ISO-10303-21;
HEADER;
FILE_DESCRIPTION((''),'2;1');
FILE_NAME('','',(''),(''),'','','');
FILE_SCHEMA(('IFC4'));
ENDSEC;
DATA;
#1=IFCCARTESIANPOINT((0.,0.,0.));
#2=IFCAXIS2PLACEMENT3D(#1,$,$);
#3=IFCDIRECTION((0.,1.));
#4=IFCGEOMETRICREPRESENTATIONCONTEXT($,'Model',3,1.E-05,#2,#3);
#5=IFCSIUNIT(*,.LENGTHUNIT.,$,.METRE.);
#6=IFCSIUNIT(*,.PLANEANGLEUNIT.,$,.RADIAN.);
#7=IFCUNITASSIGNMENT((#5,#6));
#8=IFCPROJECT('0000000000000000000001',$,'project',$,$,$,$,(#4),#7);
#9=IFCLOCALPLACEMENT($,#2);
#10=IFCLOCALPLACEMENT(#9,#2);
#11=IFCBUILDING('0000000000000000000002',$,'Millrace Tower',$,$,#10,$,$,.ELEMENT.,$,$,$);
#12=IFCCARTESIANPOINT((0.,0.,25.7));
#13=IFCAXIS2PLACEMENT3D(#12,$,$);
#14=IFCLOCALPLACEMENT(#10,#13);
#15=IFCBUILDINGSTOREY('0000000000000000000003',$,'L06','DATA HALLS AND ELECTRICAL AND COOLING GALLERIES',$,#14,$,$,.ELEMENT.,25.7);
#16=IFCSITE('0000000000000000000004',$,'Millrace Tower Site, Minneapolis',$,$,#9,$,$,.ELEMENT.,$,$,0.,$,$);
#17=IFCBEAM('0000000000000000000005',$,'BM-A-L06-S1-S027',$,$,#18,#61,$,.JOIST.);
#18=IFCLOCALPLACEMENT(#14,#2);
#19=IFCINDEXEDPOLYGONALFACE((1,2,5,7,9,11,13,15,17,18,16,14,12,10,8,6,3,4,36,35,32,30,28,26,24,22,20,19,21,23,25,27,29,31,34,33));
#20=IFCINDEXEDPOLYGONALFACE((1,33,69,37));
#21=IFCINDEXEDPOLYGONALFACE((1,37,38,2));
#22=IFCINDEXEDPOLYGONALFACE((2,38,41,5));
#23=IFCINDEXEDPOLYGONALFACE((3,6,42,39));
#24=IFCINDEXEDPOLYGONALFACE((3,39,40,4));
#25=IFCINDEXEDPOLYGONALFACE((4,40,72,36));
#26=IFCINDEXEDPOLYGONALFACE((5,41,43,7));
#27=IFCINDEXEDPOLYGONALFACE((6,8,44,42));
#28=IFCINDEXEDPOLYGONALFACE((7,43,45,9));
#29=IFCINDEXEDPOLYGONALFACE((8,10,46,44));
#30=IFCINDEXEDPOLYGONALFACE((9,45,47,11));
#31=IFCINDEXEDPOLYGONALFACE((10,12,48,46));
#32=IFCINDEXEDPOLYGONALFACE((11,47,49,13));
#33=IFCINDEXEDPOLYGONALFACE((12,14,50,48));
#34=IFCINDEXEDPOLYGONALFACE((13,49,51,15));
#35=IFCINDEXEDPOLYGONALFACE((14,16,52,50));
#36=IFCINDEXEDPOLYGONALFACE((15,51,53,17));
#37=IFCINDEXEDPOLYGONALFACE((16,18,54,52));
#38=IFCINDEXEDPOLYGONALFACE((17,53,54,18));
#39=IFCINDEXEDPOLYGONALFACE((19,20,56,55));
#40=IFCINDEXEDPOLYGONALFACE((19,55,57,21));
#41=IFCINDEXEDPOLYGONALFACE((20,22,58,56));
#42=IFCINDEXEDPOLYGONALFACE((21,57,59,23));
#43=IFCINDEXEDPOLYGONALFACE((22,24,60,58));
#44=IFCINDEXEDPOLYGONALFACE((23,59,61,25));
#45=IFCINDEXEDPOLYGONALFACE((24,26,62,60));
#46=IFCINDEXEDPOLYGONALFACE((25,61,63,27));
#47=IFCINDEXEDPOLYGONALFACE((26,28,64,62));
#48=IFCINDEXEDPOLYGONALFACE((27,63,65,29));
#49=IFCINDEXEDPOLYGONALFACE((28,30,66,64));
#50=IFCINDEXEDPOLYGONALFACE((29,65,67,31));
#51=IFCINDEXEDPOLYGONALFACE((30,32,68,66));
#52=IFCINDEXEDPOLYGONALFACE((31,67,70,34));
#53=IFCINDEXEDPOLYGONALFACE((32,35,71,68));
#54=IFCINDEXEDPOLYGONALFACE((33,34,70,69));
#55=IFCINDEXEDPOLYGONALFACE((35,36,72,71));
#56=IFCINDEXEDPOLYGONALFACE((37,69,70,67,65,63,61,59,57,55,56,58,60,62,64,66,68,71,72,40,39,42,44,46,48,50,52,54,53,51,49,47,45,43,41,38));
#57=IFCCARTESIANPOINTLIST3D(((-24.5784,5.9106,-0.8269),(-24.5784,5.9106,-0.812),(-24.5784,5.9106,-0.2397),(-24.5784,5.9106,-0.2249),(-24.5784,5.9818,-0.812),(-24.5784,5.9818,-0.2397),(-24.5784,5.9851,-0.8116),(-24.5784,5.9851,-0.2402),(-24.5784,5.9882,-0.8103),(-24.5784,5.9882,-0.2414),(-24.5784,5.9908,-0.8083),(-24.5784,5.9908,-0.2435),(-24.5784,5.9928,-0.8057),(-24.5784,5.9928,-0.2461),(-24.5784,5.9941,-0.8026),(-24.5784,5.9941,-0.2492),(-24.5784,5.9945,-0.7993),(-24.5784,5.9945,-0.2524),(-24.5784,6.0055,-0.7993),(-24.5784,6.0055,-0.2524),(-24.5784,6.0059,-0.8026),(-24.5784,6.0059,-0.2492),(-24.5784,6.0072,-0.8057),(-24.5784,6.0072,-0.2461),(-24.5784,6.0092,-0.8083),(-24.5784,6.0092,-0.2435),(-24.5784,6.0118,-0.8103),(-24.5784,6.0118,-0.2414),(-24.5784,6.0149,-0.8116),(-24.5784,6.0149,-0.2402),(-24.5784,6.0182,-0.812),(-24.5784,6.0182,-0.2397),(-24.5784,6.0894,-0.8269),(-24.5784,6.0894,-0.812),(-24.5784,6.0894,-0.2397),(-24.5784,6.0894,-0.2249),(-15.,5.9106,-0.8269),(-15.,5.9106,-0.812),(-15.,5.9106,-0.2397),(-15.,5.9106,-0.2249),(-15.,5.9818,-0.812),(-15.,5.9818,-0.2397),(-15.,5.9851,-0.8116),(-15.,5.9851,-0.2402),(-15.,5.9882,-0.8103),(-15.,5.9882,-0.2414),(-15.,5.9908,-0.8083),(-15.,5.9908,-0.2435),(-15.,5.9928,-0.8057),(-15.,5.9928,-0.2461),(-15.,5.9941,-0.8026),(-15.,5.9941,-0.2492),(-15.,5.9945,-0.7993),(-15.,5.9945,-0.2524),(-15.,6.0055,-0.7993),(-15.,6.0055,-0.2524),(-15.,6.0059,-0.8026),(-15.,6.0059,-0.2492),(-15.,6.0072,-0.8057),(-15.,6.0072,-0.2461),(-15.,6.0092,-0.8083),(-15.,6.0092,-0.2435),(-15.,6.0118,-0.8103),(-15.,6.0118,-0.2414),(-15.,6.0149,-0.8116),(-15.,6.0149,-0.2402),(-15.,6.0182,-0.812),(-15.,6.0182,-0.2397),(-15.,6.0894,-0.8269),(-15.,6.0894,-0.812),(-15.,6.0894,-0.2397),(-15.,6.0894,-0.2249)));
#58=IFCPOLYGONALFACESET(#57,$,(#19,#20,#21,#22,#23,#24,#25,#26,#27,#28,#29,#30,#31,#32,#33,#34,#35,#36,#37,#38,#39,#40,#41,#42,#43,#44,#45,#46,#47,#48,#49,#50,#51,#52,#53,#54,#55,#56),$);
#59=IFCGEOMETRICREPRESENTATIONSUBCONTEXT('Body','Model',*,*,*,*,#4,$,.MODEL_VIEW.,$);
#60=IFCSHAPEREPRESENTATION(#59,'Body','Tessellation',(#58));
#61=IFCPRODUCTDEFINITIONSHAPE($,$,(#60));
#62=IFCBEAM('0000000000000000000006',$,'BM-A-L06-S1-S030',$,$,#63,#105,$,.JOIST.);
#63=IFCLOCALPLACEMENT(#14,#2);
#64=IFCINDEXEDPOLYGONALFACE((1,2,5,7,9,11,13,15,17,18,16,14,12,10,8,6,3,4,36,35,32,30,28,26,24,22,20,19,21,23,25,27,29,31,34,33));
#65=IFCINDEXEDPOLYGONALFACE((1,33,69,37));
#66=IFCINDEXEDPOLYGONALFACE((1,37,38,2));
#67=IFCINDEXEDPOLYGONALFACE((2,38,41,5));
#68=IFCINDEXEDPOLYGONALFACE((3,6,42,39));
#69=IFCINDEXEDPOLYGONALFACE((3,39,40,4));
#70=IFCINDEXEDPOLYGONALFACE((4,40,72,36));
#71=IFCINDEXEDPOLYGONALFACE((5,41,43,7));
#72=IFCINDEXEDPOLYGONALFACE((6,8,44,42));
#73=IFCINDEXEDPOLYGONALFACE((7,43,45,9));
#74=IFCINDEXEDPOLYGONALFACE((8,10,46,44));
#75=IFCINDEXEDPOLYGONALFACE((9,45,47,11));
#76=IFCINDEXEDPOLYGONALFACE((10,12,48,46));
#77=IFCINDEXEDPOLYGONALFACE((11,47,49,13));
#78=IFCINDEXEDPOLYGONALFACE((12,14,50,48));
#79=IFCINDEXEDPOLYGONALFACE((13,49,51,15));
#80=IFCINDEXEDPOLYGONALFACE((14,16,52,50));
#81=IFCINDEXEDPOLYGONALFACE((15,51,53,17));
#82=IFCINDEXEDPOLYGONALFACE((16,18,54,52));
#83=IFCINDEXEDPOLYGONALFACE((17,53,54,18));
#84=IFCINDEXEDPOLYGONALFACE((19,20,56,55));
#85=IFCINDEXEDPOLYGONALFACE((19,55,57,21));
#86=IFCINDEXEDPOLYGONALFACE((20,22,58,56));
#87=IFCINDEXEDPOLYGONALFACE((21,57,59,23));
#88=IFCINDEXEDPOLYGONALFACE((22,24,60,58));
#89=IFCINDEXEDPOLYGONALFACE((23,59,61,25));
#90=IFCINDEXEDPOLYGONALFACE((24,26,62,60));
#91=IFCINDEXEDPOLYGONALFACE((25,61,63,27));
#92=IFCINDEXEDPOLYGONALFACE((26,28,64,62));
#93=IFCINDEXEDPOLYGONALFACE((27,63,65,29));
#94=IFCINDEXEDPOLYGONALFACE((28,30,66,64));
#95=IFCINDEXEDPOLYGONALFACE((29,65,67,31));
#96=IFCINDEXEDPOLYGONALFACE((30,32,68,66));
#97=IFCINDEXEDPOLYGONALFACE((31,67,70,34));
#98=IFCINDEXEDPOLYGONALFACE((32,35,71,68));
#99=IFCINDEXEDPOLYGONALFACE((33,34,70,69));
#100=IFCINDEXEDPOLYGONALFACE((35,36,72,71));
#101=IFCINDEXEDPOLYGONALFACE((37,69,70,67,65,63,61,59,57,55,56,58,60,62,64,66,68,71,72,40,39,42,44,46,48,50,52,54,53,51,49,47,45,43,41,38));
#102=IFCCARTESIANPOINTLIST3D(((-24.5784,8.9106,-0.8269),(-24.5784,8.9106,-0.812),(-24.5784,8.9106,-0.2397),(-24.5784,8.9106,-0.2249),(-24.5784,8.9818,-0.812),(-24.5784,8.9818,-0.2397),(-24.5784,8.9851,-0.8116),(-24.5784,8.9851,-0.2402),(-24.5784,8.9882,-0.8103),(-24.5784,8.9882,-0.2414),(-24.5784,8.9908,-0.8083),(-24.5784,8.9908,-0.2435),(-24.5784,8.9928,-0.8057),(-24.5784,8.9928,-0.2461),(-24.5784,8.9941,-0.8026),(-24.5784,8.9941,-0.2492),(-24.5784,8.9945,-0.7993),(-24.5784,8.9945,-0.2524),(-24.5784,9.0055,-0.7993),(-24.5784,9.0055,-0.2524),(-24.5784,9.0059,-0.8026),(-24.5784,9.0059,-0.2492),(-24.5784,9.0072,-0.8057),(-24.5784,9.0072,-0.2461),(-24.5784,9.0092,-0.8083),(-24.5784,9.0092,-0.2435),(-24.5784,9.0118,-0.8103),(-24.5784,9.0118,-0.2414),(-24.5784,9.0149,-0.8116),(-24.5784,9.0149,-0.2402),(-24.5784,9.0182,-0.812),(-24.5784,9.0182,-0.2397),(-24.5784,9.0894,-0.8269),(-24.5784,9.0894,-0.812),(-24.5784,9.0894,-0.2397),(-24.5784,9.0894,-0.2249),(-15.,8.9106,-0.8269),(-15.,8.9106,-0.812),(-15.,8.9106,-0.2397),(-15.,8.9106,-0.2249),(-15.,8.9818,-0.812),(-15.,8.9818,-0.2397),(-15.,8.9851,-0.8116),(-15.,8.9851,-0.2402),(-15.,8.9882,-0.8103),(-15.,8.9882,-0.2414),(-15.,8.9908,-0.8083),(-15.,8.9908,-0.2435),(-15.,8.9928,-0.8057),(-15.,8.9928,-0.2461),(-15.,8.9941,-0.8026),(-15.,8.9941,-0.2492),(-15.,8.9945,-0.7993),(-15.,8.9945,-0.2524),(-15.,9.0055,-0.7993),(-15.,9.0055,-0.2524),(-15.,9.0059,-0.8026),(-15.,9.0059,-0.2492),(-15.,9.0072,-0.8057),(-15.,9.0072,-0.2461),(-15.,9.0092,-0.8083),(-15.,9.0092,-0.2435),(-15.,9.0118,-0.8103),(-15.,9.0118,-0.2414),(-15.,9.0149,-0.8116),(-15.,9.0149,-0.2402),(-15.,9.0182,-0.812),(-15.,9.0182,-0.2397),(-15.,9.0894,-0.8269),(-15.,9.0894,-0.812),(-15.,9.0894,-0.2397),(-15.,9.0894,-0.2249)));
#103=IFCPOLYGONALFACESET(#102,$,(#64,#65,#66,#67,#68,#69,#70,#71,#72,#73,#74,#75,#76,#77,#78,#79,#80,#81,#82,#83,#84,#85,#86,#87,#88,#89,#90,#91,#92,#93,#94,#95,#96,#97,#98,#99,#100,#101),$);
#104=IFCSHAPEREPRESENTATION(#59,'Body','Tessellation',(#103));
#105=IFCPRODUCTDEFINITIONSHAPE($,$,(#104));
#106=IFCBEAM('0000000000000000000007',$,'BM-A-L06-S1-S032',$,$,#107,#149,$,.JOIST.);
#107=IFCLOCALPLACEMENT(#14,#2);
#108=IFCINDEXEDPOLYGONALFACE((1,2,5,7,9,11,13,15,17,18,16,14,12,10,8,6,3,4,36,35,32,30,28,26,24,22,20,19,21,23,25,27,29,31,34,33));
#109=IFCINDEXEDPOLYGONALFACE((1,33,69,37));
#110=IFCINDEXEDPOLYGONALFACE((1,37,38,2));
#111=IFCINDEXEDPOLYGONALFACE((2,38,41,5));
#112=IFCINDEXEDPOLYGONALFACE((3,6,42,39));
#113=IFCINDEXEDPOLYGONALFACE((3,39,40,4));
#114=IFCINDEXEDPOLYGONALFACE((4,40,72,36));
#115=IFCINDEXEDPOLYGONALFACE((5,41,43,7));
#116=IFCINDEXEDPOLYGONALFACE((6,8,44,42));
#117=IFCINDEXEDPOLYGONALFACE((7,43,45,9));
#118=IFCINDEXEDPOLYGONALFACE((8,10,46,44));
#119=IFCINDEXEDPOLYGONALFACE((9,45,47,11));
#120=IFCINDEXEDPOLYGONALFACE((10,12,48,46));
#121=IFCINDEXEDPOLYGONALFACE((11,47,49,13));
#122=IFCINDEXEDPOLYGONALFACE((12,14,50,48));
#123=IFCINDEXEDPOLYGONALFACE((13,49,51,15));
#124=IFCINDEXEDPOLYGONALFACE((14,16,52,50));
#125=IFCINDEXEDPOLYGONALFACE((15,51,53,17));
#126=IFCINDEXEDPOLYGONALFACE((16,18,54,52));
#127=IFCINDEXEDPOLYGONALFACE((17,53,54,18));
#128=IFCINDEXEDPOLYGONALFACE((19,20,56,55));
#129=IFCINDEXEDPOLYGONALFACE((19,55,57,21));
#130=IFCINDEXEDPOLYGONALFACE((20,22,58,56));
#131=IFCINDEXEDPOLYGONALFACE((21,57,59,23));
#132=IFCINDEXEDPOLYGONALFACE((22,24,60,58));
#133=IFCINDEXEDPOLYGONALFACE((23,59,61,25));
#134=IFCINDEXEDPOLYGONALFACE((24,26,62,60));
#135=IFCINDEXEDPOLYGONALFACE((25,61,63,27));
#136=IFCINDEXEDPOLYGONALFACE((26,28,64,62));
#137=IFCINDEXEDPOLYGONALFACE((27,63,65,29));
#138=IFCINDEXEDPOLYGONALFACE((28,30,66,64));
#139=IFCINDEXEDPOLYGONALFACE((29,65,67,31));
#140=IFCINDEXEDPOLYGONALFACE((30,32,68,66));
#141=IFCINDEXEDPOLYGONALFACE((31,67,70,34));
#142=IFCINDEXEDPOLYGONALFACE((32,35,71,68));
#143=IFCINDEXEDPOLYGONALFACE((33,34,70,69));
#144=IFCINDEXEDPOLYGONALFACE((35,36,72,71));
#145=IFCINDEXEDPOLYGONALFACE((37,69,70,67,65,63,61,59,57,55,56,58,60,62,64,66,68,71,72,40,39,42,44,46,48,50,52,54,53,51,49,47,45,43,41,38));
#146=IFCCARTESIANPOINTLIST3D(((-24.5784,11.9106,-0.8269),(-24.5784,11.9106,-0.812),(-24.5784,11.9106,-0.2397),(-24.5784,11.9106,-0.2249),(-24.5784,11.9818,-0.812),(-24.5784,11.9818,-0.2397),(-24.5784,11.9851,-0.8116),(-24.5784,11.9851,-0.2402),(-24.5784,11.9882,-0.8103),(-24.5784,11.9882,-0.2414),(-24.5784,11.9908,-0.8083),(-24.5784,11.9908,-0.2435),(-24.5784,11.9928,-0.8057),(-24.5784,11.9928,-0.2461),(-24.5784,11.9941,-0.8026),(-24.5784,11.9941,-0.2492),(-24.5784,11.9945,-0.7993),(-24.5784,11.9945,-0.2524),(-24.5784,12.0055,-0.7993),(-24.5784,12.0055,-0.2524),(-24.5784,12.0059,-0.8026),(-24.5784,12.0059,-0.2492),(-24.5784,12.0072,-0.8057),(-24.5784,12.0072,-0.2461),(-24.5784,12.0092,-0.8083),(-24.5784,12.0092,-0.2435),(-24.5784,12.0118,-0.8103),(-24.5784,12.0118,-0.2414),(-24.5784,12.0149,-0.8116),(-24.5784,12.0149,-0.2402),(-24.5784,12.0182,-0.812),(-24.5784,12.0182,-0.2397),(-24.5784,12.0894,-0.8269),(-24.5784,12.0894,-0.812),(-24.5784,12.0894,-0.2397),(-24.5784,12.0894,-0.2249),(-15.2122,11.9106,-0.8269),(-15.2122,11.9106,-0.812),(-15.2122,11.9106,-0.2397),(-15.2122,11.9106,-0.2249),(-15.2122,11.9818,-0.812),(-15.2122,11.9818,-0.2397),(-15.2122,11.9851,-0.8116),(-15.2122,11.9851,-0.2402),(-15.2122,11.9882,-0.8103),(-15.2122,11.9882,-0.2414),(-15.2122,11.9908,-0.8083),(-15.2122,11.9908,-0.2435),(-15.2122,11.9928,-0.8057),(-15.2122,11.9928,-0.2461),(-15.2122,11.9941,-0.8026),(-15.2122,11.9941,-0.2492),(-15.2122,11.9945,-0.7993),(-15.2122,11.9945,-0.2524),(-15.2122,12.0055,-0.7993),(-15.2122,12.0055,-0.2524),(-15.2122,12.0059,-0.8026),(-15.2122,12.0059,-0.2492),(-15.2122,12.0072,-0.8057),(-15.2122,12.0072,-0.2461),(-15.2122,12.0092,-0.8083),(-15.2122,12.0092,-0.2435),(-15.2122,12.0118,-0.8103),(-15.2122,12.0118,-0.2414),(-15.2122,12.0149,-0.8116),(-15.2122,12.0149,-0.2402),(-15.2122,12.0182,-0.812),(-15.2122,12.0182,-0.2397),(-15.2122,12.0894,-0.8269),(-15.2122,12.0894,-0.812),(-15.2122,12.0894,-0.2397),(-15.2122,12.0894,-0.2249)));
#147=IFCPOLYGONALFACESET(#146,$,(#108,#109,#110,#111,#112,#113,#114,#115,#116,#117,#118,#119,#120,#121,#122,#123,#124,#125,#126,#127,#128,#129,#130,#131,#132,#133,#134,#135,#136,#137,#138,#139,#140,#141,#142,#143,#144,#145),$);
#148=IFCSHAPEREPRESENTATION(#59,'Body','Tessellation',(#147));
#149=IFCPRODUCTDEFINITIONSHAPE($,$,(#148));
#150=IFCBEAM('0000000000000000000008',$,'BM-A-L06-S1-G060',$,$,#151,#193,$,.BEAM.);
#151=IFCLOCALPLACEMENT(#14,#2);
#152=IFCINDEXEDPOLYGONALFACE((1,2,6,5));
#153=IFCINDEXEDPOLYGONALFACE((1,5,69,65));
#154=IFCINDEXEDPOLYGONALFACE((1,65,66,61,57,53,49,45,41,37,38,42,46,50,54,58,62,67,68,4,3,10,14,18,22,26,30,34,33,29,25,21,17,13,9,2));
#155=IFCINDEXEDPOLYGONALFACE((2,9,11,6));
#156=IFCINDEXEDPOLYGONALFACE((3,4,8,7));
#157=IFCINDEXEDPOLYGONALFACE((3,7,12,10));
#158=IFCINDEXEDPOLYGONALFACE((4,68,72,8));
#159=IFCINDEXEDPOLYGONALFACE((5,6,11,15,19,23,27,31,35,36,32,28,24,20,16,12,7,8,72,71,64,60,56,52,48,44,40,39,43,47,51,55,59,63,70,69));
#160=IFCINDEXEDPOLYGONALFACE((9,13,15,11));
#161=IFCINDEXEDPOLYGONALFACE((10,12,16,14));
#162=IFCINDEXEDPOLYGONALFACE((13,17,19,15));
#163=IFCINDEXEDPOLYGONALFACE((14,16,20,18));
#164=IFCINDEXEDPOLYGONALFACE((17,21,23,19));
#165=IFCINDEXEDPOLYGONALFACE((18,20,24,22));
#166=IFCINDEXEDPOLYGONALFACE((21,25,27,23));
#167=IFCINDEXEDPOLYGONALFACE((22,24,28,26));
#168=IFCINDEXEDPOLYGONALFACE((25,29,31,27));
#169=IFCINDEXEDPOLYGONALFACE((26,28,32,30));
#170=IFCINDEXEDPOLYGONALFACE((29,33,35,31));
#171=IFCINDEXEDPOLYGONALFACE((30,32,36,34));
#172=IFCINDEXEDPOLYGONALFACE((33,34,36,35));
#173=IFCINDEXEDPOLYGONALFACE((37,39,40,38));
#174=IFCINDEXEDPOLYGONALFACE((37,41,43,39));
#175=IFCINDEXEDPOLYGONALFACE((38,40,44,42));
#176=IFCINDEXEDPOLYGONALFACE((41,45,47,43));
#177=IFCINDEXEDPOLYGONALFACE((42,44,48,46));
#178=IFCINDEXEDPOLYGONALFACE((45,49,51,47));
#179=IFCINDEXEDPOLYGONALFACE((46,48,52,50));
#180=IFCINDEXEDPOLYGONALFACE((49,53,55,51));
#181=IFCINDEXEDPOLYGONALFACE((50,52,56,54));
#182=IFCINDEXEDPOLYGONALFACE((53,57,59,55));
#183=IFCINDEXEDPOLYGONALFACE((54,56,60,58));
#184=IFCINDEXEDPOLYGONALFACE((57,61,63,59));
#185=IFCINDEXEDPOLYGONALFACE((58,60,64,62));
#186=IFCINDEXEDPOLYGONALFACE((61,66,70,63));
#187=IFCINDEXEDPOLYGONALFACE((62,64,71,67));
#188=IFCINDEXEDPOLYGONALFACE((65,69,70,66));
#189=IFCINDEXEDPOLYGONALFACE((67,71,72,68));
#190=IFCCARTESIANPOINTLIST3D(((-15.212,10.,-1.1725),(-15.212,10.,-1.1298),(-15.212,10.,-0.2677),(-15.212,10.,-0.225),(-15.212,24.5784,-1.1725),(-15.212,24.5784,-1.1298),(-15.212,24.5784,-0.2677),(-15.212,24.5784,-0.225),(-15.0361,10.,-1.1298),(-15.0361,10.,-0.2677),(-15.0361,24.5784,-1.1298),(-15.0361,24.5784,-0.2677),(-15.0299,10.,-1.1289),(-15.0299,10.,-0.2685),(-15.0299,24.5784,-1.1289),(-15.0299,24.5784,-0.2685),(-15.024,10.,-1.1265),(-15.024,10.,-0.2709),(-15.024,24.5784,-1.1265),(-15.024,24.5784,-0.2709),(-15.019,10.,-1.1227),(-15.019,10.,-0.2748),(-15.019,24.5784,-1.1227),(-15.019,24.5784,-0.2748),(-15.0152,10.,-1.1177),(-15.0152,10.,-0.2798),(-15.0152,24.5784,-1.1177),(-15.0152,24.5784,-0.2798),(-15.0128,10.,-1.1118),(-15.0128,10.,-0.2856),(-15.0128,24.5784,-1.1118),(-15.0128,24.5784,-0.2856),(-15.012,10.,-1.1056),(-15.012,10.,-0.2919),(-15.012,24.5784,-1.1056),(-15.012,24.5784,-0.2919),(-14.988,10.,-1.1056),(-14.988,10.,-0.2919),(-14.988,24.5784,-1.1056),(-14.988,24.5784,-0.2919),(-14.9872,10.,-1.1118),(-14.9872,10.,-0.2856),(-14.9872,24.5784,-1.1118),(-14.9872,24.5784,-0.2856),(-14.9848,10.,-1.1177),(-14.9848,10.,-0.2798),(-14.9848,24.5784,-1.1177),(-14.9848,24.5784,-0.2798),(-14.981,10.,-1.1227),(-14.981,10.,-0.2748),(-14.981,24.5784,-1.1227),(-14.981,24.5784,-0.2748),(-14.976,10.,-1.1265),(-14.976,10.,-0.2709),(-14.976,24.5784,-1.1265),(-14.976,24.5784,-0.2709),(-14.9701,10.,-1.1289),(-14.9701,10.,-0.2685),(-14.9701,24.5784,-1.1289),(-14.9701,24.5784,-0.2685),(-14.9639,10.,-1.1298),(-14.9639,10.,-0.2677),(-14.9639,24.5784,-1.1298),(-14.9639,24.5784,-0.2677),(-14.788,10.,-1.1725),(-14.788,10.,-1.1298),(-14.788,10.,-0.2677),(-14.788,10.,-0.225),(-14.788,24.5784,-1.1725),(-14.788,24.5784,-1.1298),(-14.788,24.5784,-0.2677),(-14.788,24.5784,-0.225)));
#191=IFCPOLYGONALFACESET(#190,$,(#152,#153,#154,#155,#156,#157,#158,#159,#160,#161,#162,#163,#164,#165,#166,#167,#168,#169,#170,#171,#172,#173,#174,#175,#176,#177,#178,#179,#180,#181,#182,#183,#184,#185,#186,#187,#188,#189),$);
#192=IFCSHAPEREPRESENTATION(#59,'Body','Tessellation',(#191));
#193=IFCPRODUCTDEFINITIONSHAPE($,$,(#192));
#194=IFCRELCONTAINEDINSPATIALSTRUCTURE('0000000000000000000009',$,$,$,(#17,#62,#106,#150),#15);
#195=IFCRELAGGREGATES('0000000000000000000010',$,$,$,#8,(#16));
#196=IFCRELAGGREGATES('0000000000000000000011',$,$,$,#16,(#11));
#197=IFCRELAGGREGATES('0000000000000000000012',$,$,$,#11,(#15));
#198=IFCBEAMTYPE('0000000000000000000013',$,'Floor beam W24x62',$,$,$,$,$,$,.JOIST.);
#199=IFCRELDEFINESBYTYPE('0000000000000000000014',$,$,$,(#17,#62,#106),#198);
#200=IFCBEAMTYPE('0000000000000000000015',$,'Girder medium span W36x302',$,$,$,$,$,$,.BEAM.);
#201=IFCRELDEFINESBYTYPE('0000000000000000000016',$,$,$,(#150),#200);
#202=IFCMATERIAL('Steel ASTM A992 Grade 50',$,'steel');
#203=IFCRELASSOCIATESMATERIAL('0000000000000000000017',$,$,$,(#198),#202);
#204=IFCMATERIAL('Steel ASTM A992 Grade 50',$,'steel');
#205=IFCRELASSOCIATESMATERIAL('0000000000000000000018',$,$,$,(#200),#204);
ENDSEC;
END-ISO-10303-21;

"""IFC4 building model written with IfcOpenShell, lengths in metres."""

from ifc_helpers import new_model, si_unit, direction, frame, origin, origin_2d, place, context, subcontext, project, spatial, i_section, extrude, material, material_profile, profile_set, type_object, element, save


model = new_model("IFC4")

# Units and contexts
model_context = context("Model", 3, precision=1e-05, world=origin(), true_north=direction((0.0, 1.0)))
body_context = subcontext(model_context, "Body", "Model", "MODEL_VIEW")
ifc_project = project(units=[si_unit("LENGTHUNIT", "METRE"), si_unit("PLANEANGLEUNIT", "RADIAN")], contexts=[model_context])

# Site, building, storey
site_placement = place(None, origin())
site = spatial("IfcSite", under=ifc_project, at=site_placement, Name="Millrace Tower Site, Minneapolis", CompositionType="ELEMENT", RefElevation=0.0)
building_placement = place(site_placement, origin())
building = spatial("IfcBuilding", under=site, at=building_placement, Name="Millrace Tower", CompositionType="ELEMENT")
storey_placement = place(building_placement, frame((0.0, 0.0, 25.7)))
storey = spatial("IfcBuildingStorey", under=building, at=storey_placement, Name="L06", Description="DATA HALLS AND ELECTRICAL AND COOLING GALLERIES", CompositionType="ELEMENT", Elevation=25.7)

# Beams
ifc_material_1 = material(Name="Steel ASTM A992 Grade 50", Category="steel")
ifc_material_profile_1 = material_profile(ifc_material_1, i_section(OverallWidth=0.1787, OverallDepth=0.6021, WebThickness=0.011, FlangeThickness=0.0149, FilletRadius=0.0127, at=origin_2d()))
ifc_profile_set_1 = profile_set([ifc_material_profile_1], Name="Steel ASTM A992 Grade 50")
beam_type_1 = type_object("IfcBeamType", Name="Floor beam W24x62", PredefinedType="JOIST", material=ifc_profile_set_1)
for number, where, z_axis, x_axis, name in (
    (1, (-24.5784, 6.0, -0.5259), (1.0, 0.0, 0.0), (0.0, 1.0, 0.0), "BM-A-L06-S1-S027"),
    (2, (-24.5784, 9.0, -0.5259), (1.0, 0.0, 0.0), (0.0, 1.0, 0.0), "BM-A-L06-S1-S030"),
):
    element("IfcBeam", number, at=place(storey_placement, frame(where, z_axis=z_axis, x_axis=x_axis)), inside=storey, type_object=beam_type_1, Name=name, PredefinedType="JOIST", context=body_context, shape_type="SweptSolid", body=[
        extrude(i_section(OverallWidth=0.1787, OverallDepth=0.6021, WebThickness=0.011, FlangeThickness=0.0149, FilletRadius=0.0127, at=origin_2d()), origin(), (0.0, 0.0, 1.0), 9.5784),
    ])
beam_1_placement = place(storey_placement, frame((-24.5784, 12.0, -0.5259), z_axis=(1.0, 0.0, 0.0), x_axis=(0.0, 1.0, 0.0)))
element("IfcBeam", 3, at=beam_1_placement, inside=storey, type_object=beam_type_1, Name="BM-A-L06-S1-S032", PredefinedType="JOIST", context=body_context, shape_type="SweptSolid", body=[
    extrude(i_section(OverallWidth=0.1787, OverallDepth=0.6021, WebThickness=0.011, FlangeThickness=0.0149, FilletRadius=0.0127, at=origin_2d()), origin(), (0.0, 0.0, 1.0), 9.3662),
])
ifc_material_2 = material(Name="Steel ASTM A992 Grade 50", Category="steel")
ifc_material_profile_2 = material_profile(ifc_material_2, i_section(OverallWidth=0.4241, OverallDepth=0.9475, WebThickness=0.0239, FlangeThickness=0.0427, FilletRadius=0.0242, at=origin_2d()))
ifc_profile_set_2 = profile_set([ifc_material_profile_2], Name="Steel ASTM A992 Grade 50")
beam_type_2 = type_object("IfcBeamType", Name="Girder medium span W36x302", PredefinedType="BEAM", material=ifc_profile_set_2)
beam_2_placement = place(storey_placement, frame((-15.0, 10.0, -0.6987), z_axis=(0.0, 1.0, 0.0), x_axis=(-1.0, 0.0, 0.0)))
element("IfcBeam", 4, at=beam_2_placement, inside=storey, type_object=beam_type_2, Name="BM-A-L06-S1-G060", PredefinedType="BEAM", context=body_context, shape_type="SweptSolid", body=[
    extrude(i_section(OverallWidth=0.4241, OverallDepth=0.9475, WebThickness=0.0239, FlangeThickness=0.0427, FilletRadius=0.0242, at=origin_2d()), origin(), (0.0, 0.0, 1.0), 14.5784),
])

save(model, "model.ifc")
